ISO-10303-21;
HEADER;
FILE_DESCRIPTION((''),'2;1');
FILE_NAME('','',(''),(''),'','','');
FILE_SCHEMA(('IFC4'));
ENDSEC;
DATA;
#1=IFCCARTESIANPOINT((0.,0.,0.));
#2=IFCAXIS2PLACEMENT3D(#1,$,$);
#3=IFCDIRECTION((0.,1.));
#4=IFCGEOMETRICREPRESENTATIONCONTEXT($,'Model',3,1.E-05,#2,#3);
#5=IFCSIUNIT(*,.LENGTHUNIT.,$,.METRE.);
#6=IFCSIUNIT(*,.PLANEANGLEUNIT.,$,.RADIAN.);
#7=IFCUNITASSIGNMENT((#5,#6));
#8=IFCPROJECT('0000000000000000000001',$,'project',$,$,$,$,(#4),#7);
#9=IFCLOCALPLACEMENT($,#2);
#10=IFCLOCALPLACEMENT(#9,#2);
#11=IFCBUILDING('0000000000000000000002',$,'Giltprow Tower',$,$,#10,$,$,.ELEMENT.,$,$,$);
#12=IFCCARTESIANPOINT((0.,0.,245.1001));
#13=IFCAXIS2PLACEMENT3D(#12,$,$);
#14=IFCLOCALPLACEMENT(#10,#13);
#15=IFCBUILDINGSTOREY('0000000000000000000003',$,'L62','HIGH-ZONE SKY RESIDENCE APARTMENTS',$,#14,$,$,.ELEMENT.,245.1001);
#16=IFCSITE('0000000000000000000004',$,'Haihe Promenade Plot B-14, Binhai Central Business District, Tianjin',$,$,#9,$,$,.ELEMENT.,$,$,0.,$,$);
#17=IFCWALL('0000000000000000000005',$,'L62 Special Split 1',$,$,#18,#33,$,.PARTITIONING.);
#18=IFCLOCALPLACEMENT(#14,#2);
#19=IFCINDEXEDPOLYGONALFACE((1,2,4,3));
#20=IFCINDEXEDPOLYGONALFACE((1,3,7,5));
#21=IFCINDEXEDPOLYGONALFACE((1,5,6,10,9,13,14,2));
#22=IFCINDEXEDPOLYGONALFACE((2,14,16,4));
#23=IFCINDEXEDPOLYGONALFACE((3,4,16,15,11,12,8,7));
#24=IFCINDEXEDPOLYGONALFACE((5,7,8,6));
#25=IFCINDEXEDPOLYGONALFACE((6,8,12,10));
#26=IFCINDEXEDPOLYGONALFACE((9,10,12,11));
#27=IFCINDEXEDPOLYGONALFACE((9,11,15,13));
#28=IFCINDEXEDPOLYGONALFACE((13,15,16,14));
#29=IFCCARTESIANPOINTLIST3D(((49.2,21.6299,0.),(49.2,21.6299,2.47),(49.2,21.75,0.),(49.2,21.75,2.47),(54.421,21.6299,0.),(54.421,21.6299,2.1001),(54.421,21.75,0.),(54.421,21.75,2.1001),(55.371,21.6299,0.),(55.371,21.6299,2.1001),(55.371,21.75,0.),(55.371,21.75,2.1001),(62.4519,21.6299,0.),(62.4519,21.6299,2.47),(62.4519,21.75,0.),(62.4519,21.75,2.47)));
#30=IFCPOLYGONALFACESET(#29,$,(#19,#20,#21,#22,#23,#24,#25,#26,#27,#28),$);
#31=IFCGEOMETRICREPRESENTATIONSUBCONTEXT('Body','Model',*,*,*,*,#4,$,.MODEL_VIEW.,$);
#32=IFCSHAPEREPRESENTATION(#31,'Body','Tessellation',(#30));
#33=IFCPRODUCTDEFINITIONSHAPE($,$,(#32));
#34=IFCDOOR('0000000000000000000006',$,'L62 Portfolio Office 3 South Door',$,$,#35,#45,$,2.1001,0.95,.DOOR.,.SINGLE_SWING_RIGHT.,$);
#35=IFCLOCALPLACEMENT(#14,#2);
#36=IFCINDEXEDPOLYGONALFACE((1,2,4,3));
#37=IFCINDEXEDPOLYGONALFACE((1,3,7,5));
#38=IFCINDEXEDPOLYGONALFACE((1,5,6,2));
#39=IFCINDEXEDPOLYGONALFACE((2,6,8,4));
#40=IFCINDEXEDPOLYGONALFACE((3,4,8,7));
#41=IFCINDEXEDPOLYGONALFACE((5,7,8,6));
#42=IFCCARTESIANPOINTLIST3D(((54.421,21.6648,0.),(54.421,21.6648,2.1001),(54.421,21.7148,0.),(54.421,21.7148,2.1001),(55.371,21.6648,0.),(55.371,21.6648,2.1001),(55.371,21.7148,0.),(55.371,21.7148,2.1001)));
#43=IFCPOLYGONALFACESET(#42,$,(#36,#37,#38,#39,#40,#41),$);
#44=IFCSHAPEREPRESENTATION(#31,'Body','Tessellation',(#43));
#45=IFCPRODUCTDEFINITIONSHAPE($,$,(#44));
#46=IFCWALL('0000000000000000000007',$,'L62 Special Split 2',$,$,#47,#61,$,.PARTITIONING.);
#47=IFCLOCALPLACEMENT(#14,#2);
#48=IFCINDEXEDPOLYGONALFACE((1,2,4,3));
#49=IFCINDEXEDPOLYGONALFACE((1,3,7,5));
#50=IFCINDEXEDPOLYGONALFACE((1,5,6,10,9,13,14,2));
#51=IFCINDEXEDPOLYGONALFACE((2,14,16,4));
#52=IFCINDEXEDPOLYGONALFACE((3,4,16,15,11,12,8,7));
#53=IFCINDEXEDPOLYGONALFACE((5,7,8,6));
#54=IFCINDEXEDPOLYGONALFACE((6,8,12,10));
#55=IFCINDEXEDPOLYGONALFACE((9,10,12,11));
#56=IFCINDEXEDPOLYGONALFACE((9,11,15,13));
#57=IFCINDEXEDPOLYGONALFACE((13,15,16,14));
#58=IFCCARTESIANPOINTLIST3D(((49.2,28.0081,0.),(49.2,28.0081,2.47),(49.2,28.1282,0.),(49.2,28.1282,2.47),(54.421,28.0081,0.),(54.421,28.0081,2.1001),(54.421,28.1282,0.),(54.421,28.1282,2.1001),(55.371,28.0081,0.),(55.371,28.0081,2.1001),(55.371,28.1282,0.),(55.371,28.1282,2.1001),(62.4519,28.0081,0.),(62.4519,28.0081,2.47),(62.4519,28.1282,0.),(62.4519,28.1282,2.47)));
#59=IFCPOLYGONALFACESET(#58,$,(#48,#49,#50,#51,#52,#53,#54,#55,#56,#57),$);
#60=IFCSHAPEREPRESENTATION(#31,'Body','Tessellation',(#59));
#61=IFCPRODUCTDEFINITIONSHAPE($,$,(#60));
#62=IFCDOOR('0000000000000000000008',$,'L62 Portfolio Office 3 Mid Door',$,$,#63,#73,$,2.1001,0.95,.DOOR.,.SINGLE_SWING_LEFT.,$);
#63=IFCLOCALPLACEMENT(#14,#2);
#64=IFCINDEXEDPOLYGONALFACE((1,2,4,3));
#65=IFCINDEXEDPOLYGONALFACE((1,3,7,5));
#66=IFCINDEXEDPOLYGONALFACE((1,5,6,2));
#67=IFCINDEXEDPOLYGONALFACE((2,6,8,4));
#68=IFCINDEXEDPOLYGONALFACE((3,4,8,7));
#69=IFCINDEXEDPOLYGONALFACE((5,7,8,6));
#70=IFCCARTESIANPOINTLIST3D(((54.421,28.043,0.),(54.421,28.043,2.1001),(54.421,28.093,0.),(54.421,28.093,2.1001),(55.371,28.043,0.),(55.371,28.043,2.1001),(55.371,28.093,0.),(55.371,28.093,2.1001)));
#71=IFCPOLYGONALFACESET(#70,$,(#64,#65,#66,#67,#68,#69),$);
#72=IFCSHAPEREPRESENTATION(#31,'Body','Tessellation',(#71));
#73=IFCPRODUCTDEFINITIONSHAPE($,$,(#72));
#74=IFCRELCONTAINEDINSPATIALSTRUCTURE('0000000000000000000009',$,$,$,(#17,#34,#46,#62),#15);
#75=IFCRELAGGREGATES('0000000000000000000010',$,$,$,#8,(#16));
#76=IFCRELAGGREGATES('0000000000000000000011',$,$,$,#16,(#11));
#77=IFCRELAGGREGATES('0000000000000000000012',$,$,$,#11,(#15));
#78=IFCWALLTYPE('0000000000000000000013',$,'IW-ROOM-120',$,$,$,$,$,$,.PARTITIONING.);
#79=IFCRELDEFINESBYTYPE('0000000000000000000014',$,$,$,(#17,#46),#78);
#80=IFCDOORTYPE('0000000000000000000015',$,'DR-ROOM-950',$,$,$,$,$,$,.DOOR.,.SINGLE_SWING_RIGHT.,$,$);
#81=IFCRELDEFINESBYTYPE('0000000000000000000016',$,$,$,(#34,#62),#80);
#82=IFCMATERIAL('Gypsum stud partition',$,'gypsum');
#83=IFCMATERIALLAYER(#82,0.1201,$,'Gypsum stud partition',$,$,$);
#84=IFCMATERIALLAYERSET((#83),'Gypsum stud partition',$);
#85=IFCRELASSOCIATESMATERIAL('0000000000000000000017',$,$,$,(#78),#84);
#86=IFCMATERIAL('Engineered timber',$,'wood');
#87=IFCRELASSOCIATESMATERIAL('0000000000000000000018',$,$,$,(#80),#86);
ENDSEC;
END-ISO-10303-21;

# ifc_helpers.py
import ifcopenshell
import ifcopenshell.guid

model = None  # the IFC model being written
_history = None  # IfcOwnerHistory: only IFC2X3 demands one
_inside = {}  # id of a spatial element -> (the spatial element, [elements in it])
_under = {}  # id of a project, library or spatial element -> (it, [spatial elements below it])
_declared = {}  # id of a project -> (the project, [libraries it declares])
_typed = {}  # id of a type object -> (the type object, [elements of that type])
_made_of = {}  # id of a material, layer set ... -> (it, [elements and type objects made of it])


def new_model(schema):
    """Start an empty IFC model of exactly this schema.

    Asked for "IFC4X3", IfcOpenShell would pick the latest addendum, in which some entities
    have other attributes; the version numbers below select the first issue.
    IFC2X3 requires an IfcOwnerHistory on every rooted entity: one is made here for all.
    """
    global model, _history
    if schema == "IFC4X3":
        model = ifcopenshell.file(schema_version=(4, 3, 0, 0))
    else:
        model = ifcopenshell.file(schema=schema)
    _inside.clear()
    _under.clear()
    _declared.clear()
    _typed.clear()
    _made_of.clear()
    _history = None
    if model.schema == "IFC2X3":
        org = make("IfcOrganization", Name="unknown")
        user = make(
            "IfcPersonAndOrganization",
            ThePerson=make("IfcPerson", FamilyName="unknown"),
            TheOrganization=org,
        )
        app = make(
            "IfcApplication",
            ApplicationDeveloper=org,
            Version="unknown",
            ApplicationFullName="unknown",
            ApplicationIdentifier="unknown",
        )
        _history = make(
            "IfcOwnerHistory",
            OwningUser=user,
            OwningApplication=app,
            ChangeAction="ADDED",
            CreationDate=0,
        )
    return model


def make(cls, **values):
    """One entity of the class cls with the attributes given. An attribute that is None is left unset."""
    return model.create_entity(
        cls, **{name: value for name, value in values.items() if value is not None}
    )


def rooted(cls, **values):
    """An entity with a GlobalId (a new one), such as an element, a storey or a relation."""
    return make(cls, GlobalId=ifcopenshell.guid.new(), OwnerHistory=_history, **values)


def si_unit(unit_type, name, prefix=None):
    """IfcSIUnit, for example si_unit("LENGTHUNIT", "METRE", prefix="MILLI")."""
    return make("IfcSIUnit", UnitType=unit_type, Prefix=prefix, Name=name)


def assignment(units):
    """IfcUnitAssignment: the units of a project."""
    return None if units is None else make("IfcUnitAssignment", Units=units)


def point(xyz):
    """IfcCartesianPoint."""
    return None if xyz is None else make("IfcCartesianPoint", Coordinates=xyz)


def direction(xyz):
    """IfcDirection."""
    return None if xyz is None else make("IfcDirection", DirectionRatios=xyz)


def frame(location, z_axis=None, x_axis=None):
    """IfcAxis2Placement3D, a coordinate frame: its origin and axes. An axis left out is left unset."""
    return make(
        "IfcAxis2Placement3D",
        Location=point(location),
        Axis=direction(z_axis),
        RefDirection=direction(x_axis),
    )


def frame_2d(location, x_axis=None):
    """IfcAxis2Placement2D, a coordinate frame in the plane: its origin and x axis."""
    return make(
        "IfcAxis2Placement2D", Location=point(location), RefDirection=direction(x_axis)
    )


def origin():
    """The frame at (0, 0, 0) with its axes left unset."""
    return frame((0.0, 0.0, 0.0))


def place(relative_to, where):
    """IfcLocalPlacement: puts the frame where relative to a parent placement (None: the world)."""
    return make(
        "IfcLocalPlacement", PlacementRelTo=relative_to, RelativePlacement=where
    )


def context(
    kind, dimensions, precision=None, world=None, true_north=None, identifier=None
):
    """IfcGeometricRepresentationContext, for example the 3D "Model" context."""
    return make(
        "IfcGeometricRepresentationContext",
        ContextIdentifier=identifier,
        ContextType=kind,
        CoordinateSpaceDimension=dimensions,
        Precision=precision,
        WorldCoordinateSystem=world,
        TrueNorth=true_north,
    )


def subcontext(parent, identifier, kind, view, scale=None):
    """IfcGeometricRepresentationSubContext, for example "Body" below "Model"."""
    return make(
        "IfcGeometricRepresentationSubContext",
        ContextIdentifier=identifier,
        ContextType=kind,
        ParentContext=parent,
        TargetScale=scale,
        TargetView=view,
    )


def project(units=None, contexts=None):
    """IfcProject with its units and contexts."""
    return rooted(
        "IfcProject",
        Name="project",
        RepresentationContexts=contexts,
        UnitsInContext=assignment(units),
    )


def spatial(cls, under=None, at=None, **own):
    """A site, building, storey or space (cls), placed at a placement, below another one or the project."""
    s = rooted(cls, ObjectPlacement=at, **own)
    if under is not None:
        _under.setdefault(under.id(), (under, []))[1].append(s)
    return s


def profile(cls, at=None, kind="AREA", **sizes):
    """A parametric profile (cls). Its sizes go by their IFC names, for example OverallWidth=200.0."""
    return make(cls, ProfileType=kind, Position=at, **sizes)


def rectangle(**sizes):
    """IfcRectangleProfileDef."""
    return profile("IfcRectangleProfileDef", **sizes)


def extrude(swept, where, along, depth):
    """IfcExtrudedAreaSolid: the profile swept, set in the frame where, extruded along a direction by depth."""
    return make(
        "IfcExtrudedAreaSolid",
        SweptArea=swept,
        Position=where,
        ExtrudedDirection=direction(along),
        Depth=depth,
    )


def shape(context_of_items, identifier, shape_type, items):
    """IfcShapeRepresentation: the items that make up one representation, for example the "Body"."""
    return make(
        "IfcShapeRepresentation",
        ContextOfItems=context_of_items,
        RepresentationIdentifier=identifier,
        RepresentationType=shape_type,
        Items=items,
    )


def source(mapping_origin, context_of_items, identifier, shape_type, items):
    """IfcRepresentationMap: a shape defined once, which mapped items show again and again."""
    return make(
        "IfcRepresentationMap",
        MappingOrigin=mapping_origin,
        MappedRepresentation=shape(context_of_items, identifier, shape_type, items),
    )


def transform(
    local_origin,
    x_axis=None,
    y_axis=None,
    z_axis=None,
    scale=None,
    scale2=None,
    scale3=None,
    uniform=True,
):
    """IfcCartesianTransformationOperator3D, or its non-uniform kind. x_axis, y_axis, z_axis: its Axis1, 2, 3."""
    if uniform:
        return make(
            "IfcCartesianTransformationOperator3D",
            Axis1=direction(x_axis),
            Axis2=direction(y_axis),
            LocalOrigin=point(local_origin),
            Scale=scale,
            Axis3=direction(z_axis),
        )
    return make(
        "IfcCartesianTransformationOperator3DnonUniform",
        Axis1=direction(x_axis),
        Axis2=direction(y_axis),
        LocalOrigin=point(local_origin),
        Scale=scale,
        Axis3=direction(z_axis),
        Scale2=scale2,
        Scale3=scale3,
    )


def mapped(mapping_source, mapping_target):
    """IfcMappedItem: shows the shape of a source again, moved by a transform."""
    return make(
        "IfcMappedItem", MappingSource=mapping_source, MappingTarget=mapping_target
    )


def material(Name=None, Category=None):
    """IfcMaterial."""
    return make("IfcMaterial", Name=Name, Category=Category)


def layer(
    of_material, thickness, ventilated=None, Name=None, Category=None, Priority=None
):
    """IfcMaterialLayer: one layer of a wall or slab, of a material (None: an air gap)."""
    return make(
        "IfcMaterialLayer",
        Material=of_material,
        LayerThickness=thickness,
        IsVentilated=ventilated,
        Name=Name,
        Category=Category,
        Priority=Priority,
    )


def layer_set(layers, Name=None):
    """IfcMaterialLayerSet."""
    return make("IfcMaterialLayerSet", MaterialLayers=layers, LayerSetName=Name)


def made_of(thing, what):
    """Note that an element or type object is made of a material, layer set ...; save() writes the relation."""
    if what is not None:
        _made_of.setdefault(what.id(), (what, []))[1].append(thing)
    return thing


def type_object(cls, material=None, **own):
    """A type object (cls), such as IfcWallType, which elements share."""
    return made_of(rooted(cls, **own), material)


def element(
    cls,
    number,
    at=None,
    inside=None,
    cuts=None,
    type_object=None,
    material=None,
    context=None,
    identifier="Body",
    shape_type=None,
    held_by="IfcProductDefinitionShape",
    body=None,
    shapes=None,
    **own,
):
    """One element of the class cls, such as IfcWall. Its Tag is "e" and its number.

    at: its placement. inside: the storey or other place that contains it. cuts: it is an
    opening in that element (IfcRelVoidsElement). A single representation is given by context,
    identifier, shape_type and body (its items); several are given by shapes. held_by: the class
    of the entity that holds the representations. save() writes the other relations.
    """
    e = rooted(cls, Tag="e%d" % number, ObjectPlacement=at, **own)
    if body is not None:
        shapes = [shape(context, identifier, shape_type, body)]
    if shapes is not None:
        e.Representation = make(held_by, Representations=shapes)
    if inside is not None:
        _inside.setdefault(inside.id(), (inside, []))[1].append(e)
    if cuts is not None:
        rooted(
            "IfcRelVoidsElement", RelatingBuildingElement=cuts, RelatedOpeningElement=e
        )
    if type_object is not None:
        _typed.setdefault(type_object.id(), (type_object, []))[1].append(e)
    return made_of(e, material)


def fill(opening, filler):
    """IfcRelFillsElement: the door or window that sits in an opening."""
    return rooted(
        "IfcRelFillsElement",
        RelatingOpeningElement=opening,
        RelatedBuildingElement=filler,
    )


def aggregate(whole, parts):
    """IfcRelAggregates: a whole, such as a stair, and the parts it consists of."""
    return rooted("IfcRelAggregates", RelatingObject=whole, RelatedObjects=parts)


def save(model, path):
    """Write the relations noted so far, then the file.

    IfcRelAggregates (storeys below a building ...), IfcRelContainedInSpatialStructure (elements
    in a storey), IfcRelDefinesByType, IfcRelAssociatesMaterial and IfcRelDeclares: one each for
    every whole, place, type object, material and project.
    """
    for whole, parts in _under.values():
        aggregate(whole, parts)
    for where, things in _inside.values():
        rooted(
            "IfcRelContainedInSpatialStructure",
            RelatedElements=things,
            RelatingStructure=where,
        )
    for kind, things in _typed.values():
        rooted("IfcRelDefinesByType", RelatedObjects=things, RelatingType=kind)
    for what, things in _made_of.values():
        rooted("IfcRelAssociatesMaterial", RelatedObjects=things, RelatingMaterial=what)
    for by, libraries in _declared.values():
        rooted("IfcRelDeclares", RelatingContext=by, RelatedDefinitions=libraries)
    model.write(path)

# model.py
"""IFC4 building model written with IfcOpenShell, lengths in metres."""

from ifc_helpers import new_model, si_unit, direction, frame, frame_2d, origin, place, context, subcontext, project, spatial, rectangle, extrude, source, transform, mapped, material, layer, layer_set, type_object, element, fill, save


model = new_model("IFC4")

# Units and contexts
model_context = context("Model", 3, precision=1e-05, world=origin(), true_north=direction((0.0, 1.0)))
body_context = subcontext(model_context, "Body", "Model", "MODEL_VIEW")
ifc_project = project(units=[si_unit("LENGTHUNIT", "METRE"), si_unit("PLANEANGLEUNIT", "RADIAN")], contexts=[model_context])

# Site, building, storey
site_placement = place(None, origin())
site = spatial("IfcSite", under=ifc_project, at=site_placement, Name="Haihe Promenade Plot B-14, Binhai Central Business District, Tianjin", CompositionType="ELEMENT", RefElevation=0.0)
building_placement = place(site_placement, origin())
building = spatial("IfcBuilding", under=site, at=building_placement, Name="Giltprow Tower", CompositionType="ELEMENT")
storey_placement = place(building_placement, frame((0.0, 0.0, 245.1001)))
storey = spatial("IfcBuildingStorey", under=building, at=storey_placement, Name="L62", Description="HIGH-ZONE SKY RESIDENCE APARTMENTS", CompositionType="ELEMENT", Elevation=245.1001)

# Shared definitions
ifc_material_1 = material(Name="Gypsum stud partition", Category="gypsum")
ifc_layer = layer(ifc_material_1, 0.1201, Name="Gypsum stud partition")
ifc_layer_set = layer_set([ifc_layer], Name="Gypsum stud partition")
wall_type = type_object("IfcWallType", Name="IW-ROOM-120", PredefinedType="PARTITIONING", material=ifc_layer_set)

# Shared definitions
ifc_material_2 = material(Name="Engineered timber", Category="wood")
door_type = type_object("IfcDoorType", Name="DR-ROOM-950", OperationType="SINGLE_SWING_RIGHT", PredefinedType="DOOR", material=ifc_material_2)
shared_shape_1 = source(origin(), body_context, "Body", "SweptSolid", [
    extrude(rectangle(XDim=0.95, YDim=2.1001, at=frame_2d((0.4751, 1.05))), frame((0.0, 0.0249, 0.0), z_axis=(0.0, -1.0, 0.0), x_axis=(1.0, 0.0, 0.0)), (0.0, 0.0, 1.0), 0.05),
])

# Walls, openings, doors
wall_1_placement = place(storey_placement, frame((49.2, 21.6899, 0.0), z_axis=(0.0, 0.0, 1.0), x_axis=(1.0, 0.0, 0.0)))
wall_1 = element("IfcWall", 1, at=wall_1_placement, inside=storey, type_object=wall_type, Name="L62 Special Split 1", PredefinedType="PARTITIONING", context=body_context, shape_type="SweptSolid", body=[
    extrude(rectangle(XDim=13.252, YDim=0.1201, at=frame_2d((6.626, 0.0))), origin(), (0.0, 0.0, 1.0), 2.47),
])
opening_1_placement = place(wall_1_placement, frame((5.2209, 0.0, 0.0)))
opening_1 = element("IfcOpeningElement", 2, at=opening_1_placement, cuts=wall_1, PredefinedType="OPENING", context=body_context, shape_type="SweptSolid", body=[
    extrude(rectangle(XDim=0.95, YDim=2.1001, at=frame_2d((0.4751, 1.05))), frame((0.0, 0.0701, 0.0), z_axis=(0.0, -1.0, 0.0), x_axis=(1.0, 0.0, 0.0)), (0.0, 0.0, 1.0), 0.1401),
])
door_1_placement = place(opening_1_placement, origin())
door_1 = element("IfcDoor", 3, at=door_1_placement, inside=storey, type_object=door_type, Name="L62 Portfolio Office 3 South Door", OperationType="SINGLE_SWING_RIGHT", OverallHeight=2.1001, OverallWidth=0.95, PredefinedType="DOOR", context=body_context, shape_type="MappedRepresentation", body=[
    mapped(shared_shape_1, transform((0.0, 0.0, 0.0), x_axis=(1.0, 0.0, 0.0), y_axis=(0.0, 1.0, 0.0), z_axis=(0.0, 0.0, 1.0), scale=1.0)),
])
fill(opening_1, door_1)
wall_2_placement = place(storey_placement, frame((49.2, 28.0681, 0.0), z_axis=(0.0, 0.0, 1.0), x_axis=(1.0, 0.0, 0.0)))
wall_2 = element("IfcWall", 4, at=wall_2_placement, inside=storey, type_object=wall_type, Name="L62 Special Split 2", PredefinedType="PARTITIONING", context=body_context, shape_type="SweptSolid", body=[
    extrude(rectangle(XDim=13.252, YDim=0.1201, at=frame_2d((6.626, 0.0))), origin(), (0.0, 0.0, 1.0), 2.47),
])
opening_2_placement = place(wall_2_placement, frame((5.2209, 0.0, 0.0)))
opening_2 = element("IfcOpeningElement", 5, at=opening_2_placement, cuts=wall_2, PredefinedType="OPENING", context=body_context, shape_type="SweptSolid", body=[
    extrude(rectangle(XDim=0.95, YDim=2.1001, at=frame_2d((0.4751, 1.05))), frame((0.0, 0.0701, 0.0), z_axis=(0.0, -1.0, 0.0), x_axis=(1.0, 0.0, 0.0)), (0.0, 0.0, 1.0), 0.1401),
])
door_2_placement = place(opening_2_placement, origin())
door_2 = element("IfcDoor", 6, at=door_2_placement, inside=storey, type_object=door_type, Name="L62 Portfolio Office 3 Mid Door", OperationType="SINGLE_SWING_LEFT", OverallHeight=2.1001, OverallWidth=0.95, PredefinedType="DOOR", context=body_context, shape_type="MappedRepresentation", body=[
    mapped(shared_shape_1, transform((0.0, 0.0, 0.0), x_axis=(1.0, 0.0, 0.0), y_axis=(0.0, 1.0, 0.0), z_axis=(0.0, 0.0, 1.0), scale=1.0)),
])
fill(opening_2, door_2)

save(model, "model.ifc")
